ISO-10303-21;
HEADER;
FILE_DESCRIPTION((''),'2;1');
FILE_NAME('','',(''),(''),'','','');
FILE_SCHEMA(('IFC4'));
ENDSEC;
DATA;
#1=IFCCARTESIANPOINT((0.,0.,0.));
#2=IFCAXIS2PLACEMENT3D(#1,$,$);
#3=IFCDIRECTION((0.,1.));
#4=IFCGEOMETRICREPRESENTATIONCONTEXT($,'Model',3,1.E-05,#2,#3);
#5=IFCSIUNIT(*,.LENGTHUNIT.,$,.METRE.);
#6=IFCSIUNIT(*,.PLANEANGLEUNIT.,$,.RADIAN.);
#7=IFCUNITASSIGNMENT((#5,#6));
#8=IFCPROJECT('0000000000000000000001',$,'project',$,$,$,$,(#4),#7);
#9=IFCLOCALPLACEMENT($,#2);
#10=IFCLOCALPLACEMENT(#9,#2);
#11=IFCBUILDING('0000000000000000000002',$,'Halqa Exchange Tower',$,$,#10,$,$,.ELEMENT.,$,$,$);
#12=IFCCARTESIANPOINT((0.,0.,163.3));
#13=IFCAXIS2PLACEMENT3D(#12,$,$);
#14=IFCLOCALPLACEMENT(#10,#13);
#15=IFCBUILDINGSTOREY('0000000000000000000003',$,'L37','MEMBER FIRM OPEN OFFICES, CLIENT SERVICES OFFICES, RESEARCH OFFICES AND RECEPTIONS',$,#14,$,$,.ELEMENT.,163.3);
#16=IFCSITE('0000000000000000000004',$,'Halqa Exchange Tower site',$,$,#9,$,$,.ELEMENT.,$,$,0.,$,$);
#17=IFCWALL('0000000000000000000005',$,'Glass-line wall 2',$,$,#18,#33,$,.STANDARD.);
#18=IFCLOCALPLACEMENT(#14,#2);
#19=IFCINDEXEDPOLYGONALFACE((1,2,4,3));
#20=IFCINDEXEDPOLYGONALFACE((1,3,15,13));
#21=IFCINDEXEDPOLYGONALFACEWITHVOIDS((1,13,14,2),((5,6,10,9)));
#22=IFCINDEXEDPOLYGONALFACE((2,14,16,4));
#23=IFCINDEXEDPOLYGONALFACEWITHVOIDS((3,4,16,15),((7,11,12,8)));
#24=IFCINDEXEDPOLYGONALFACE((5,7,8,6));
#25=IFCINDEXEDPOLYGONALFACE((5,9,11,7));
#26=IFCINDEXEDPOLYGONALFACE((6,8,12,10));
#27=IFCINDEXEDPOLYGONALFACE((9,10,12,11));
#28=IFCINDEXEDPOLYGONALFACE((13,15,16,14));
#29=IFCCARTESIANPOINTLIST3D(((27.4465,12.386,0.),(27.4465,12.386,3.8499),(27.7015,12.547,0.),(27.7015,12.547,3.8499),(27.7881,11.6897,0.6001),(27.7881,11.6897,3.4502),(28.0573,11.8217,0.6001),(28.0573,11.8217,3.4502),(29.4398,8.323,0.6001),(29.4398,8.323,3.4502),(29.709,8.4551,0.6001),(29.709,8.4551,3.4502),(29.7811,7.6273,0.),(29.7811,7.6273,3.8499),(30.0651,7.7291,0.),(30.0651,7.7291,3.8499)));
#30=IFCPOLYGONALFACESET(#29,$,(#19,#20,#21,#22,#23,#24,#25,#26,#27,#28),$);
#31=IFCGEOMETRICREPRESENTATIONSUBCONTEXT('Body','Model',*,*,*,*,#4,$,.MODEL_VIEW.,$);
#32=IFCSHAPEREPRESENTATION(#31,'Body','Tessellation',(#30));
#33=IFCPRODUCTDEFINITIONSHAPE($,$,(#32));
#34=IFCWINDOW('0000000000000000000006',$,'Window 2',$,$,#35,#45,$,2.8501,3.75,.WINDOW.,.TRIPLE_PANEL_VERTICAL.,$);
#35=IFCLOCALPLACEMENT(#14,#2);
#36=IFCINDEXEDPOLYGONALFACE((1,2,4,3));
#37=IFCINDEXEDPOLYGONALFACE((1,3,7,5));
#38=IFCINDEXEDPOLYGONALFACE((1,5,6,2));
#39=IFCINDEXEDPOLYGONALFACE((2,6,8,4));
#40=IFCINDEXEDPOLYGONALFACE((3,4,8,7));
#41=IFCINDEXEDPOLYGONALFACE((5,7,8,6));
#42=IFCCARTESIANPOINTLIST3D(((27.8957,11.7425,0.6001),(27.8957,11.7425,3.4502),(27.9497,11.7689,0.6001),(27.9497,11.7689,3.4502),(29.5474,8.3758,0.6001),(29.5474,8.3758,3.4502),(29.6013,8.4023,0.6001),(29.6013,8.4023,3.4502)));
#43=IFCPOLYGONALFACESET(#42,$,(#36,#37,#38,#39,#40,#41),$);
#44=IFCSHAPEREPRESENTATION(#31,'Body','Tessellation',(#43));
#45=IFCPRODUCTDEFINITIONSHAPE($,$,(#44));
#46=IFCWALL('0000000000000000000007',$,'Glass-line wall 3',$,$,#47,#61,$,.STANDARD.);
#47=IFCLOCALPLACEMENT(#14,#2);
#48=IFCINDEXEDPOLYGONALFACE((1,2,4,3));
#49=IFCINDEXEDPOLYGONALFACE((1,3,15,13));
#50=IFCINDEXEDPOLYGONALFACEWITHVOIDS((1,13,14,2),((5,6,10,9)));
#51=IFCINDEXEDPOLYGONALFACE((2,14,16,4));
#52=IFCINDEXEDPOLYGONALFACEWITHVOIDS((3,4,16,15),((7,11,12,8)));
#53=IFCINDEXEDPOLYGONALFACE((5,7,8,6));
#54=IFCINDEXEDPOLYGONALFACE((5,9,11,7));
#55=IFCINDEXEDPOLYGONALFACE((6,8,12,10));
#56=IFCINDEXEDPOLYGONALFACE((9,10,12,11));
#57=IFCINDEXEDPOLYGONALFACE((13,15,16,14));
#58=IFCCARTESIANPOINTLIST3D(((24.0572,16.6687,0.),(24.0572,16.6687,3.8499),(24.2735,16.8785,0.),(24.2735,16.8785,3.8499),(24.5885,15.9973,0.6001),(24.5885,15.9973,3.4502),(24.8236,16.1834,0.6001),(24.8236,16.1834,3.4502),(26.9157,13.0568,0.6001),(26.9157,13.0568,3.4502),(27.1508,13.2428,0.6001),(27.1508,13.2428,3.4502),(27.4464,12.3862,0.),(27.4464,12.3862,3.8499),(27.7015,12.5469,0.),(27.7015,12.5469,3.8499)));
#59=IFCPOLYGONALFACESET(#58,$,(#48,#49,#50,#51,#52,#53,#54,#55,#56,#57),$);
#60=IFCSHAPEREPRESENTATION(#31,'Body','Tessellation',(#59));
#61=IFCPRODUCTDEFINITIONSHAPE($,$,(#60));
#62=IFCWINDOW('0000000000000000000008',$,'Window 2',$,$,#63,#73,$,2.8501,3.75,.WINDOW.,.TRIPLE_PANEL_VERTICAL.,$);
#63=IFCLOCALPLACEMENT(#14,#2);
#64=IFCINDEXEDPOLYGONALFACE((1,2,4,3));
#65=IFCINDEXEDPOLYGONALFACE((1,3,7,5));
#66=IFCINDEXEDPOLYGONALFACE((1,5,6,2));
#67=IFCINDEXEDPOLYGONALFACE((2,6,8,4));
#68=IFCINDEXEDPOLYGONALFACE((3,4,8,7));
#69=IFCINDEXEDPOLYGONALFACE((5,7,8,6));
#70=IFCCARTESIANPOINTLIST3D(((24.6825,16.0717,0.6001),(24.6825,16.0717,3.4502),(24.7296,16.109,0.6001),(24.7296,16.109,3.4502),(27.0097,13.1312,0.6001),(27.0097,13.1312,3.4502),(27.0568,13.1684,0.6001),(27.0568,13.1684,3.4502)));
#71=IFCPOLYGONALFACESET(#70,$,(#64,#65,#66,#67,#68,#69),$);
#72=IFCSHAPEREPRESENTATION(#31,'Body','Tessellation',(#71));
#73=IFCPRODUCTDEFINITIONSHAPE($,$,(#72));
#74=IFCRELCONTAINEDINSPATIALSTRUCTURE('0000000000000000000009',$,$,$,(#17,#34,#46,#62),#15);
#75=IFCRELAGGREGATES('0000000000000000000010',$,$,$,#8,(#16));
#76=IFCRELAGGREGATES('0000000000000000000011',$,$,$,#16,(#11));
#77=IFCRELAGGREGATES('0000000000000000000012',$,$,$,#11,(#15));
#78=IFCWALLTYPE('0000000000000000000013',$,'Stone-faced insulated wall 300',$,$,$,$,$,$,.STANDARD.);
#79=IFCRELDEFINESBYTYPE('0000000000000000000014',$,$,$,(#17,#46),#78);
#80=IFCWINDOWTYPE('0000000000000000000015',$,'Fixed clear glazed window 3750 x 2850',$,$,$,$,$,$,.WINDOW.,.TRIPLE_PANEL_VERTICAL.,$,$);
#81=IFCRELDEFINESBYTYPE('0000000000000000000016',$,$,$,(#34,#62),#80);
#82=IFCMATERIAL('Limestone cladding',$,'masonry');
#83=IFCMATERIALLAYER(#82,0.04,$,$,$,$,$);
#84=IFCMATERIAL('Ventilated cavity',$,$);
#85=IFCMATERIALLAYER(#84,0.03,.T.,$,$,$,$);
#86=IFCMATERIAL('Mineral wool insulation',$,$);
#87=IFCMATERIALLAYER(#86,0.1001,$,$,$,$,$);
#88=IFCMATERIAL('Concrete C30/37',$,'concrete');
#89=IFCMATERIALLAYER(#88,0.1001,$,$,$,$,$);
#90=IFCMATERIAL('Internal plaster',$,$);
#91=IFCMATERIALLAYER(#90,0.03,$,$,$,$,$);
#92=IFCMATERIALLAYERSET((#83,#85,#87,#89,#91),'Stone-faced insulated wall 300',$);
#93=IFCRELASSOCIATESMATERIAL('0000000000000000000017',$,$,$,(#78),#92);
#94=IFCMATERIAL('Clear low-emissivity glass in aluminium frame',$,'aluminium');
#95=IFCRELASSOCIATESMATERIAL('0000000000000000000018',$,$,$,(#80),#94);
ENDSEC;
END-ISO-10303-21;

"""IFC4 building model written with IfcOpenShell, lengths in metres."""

from ifc_helpers import new_model, si_unit, direction, frame, frame_2d, origin, place, context, subcontext, project, spatial, polyline, rectangle, outline, extrude, material, layer, layer_set, type_object, element, fill, save


model = new_model("IFC4")

# Units and contexts
model_context = context("Model", 3, precision=1e-05, world=origin(), true_north=direction((0.0, 1.0)))
body_context = subcontext(model_context, "Body", "Model", "MODEL_VIEW")
ifc_project = project(units=[si_unit("LENGTHUNIT", "METRE"), si_unit("PLANEANGLEUNIT", "RADIAN")], contexts=[model_context])

# Site, building, storey
site_placement = place(None, origin())
site = spatial("IfcSite", under=ifc_project, at=site_placement, Name="Halqa Exchange Tower site", CompositionType="ELEMENT", RefElevation=0.0)
building_placement = place(site_placement, origin())
building = spatial("IfcBuilding", under=site, at=building_placement, Name="Halqa Exchange Tower", CompositionType="ELEMENT")
storey_placement = place(building_placement, frame((0.0, 0.0, 163.3)))
storey = spatial("IfcBuildingStorey", under=building, at=storey_placement, Name="L37", Description="MEMBER FIRM OPEN OFFICES, CLIENT SERVICES OFFICES, RESEARCH OFFICES AND RECEPTIONS", CompositionType="ELEMENT", Elevation=163.3)

# Walls, openings, windows
ifc_material_1 = material(Name="Limestone cladding", Category="masonry")
ifc_layer_1 = layer(ifc_material_1, 0.04)
ifc_material_2 = material(Name="Ventilated cavity")
ifc_layer_2 = layer(ifc_material_2, 0.03, ventilated=True)
ifc_material_3 = material(Name="Mineral wool insulation")
ifc_layer_3 = layer(ifc_material_3, 0.1001)
ifc_material_4 = material(Name="Concrete C30/37", Category="concrete")
ifc_layer_4 = layer(ifc_material_4, 0.1001)
ifc_material_5 = material(Name="Internal plaster")
ifc_layer_5 = layer(ifc_material_5, 0.03)
ifc_layer_set = layer_set([ifc_layer_1, ifc_layer_2, ifc_layer_3, ifc_layer_4, ifc_layer_5], Name="Stone-faced insulated wall 300")
wall_type = type_object("IfcWallType", Name="Stone-faced insulated wall 300", PredefinedType="STANDARD", material=ifc_layer_set)
ifc_material_6 = material(Name="Clear low-emissivity glass in aluminium frame", Category="aluminium")
window_type = type_object("IfcWindowType", Name="Fixed clear glazed window 3750 x 2850", PartitioningType="TRIPLE_PANEL_VERTICAL", PredefinedType="WINDOW", material=ifc_material_6)
wall_1_placement = place(storey_placement, frame((29.9231, 7.6782, 0.0), z_axis=(0.0, 0.0, 1.0), x_axis=(-0.440444, 0.89778, 0.0)))
wall_1 = element("IfcWall", 1, at=wall_1_placement, inside=storey, type_object=wall_type, Name="Glass-line wall 2", PredefinedType="STANDARD", context=body_context, shape_type="SweptSolid", body=[
    extrude(outline(polyline([(-0.0168, -0.1499), (5.3496, -0.1499), (5.3174, 0.1499), (0.0168, 0.1499), (-0.0168, -0.1499)])), origin(), (0.0, 0.0, 1.0), 3.8499),
])
opening_1_placement = place(wall_1_placement, frame((0.7917, 0.0, 0.6001)))
opening_1 = element("IfcOpeningElement", 2, at=opening_1_placement, cuts=wall_1, PredefinedType="OPENING", context=body_context, shape_type="SweptSolid", body=[
    extrude(rectangle(XDim=3.75, YDim=2.8501, at=frame_2d((1.875, 1.425))), frame((0.0, 0.1621, 0.0), z_axis=(0.0, -1.0, 0.0), x_axis=(1.0, 0.0, 0.0)), (0.0, 0.0, 1.0), 0.324),
])
window_1_placement = place(opening_1_placement, origin())
window_1 = element("IfcWindow", 3, at=window_1_placement, inside=storey, type_object=window_type, Name="Window 2", OverallHeight=2.8501, OverallWidth=3.75, PartitioningType="TRIPLE_PANEL_VERTICAL", PredefinedType="WINDOW", context=body_context, shape_type="SweptSolid", body=[
    extrude(rectangle(XDim=3.75, YDim=2.8501, at=frame_2d((1.875, 1.425))), frame((0.0, 0.03, 0.0), z_axis=(0.0, -1.0, 0.0), x_axis=(1.0, 0.0, 0.0)), (0.0, 0.0, 1.0), 0.0601),
])
fill(opening_1, window_1)
wall_2_placement = place(storey_placement, frame((27.574, 12.4666, 0.0), z_axis=(0.0, 0.0, 1.0), x_axis=(-0.620578, 0.784145, 0.0)))
wall_2 = element("IfcWall", 4, at=wall_2_placement, inside=storey, type_object=wall_type, Name="Glass-line wall 3", PredefinedType="STANDARD", context=body_context, shape_type="SweptSolid", body=[
    extrude(outline(polyline([(-0.0161, -0.1499), (5.5078, -0.1499), (5.4775, 0.1499), (0.0161, 0.1499), (-0.0161, -0.1499)])), origin(), (0.0, 0.0, 1.0), 3.8499),
])
opening_2_placement = place(wall_2_placement, frame((0.8713, 0.0, 0.6001)))
opening_2 = element("IfcOpeningElement", 5, at=opening_2_placement, cuts=wall_2, PredefinedType="OPENING", context=body_context, shape_type="SweptSolid", body=[
    extrude(rectangle(XDim=3.75, YDim=2.8501, at=frame_2d((1.875, 1.425))), frame((0.0, 0.1621, 0.0), z_axis=(0.0, -1.0, 0.0), x_axis=(1.0, 0.0, 0.0)), (0.0, 0.0, 1.0), 0.324),
])
window_2_placement = place(opening_2_placement, origin())
window_2 = element("IfcWindow", 6, at=window_2_placement, inside=storey, type_object=window_type, Name="Window 2", OverallHeight=2.8501, OverallWidth=3.75, PartitioningType="TRIPLE_PANEL_VERTICAL", PredefinedType="WINDOW", context=body_context, shape_type="SweptSolid", body=[
    extrude(rectangle(XDim=3.75, YDim=2.8501, at=frame_2d((1.875, 1.425))), frame((0.0, 0.03, 0.0), z_axis=(0.0, -1.0, 0.0), x_axis=(1.0, 0.0, 0.0)), (0.0, 0.0, 1.0), 0.0601),
])
fill(opening_2, window_2)

save(model, "model.ifc")
